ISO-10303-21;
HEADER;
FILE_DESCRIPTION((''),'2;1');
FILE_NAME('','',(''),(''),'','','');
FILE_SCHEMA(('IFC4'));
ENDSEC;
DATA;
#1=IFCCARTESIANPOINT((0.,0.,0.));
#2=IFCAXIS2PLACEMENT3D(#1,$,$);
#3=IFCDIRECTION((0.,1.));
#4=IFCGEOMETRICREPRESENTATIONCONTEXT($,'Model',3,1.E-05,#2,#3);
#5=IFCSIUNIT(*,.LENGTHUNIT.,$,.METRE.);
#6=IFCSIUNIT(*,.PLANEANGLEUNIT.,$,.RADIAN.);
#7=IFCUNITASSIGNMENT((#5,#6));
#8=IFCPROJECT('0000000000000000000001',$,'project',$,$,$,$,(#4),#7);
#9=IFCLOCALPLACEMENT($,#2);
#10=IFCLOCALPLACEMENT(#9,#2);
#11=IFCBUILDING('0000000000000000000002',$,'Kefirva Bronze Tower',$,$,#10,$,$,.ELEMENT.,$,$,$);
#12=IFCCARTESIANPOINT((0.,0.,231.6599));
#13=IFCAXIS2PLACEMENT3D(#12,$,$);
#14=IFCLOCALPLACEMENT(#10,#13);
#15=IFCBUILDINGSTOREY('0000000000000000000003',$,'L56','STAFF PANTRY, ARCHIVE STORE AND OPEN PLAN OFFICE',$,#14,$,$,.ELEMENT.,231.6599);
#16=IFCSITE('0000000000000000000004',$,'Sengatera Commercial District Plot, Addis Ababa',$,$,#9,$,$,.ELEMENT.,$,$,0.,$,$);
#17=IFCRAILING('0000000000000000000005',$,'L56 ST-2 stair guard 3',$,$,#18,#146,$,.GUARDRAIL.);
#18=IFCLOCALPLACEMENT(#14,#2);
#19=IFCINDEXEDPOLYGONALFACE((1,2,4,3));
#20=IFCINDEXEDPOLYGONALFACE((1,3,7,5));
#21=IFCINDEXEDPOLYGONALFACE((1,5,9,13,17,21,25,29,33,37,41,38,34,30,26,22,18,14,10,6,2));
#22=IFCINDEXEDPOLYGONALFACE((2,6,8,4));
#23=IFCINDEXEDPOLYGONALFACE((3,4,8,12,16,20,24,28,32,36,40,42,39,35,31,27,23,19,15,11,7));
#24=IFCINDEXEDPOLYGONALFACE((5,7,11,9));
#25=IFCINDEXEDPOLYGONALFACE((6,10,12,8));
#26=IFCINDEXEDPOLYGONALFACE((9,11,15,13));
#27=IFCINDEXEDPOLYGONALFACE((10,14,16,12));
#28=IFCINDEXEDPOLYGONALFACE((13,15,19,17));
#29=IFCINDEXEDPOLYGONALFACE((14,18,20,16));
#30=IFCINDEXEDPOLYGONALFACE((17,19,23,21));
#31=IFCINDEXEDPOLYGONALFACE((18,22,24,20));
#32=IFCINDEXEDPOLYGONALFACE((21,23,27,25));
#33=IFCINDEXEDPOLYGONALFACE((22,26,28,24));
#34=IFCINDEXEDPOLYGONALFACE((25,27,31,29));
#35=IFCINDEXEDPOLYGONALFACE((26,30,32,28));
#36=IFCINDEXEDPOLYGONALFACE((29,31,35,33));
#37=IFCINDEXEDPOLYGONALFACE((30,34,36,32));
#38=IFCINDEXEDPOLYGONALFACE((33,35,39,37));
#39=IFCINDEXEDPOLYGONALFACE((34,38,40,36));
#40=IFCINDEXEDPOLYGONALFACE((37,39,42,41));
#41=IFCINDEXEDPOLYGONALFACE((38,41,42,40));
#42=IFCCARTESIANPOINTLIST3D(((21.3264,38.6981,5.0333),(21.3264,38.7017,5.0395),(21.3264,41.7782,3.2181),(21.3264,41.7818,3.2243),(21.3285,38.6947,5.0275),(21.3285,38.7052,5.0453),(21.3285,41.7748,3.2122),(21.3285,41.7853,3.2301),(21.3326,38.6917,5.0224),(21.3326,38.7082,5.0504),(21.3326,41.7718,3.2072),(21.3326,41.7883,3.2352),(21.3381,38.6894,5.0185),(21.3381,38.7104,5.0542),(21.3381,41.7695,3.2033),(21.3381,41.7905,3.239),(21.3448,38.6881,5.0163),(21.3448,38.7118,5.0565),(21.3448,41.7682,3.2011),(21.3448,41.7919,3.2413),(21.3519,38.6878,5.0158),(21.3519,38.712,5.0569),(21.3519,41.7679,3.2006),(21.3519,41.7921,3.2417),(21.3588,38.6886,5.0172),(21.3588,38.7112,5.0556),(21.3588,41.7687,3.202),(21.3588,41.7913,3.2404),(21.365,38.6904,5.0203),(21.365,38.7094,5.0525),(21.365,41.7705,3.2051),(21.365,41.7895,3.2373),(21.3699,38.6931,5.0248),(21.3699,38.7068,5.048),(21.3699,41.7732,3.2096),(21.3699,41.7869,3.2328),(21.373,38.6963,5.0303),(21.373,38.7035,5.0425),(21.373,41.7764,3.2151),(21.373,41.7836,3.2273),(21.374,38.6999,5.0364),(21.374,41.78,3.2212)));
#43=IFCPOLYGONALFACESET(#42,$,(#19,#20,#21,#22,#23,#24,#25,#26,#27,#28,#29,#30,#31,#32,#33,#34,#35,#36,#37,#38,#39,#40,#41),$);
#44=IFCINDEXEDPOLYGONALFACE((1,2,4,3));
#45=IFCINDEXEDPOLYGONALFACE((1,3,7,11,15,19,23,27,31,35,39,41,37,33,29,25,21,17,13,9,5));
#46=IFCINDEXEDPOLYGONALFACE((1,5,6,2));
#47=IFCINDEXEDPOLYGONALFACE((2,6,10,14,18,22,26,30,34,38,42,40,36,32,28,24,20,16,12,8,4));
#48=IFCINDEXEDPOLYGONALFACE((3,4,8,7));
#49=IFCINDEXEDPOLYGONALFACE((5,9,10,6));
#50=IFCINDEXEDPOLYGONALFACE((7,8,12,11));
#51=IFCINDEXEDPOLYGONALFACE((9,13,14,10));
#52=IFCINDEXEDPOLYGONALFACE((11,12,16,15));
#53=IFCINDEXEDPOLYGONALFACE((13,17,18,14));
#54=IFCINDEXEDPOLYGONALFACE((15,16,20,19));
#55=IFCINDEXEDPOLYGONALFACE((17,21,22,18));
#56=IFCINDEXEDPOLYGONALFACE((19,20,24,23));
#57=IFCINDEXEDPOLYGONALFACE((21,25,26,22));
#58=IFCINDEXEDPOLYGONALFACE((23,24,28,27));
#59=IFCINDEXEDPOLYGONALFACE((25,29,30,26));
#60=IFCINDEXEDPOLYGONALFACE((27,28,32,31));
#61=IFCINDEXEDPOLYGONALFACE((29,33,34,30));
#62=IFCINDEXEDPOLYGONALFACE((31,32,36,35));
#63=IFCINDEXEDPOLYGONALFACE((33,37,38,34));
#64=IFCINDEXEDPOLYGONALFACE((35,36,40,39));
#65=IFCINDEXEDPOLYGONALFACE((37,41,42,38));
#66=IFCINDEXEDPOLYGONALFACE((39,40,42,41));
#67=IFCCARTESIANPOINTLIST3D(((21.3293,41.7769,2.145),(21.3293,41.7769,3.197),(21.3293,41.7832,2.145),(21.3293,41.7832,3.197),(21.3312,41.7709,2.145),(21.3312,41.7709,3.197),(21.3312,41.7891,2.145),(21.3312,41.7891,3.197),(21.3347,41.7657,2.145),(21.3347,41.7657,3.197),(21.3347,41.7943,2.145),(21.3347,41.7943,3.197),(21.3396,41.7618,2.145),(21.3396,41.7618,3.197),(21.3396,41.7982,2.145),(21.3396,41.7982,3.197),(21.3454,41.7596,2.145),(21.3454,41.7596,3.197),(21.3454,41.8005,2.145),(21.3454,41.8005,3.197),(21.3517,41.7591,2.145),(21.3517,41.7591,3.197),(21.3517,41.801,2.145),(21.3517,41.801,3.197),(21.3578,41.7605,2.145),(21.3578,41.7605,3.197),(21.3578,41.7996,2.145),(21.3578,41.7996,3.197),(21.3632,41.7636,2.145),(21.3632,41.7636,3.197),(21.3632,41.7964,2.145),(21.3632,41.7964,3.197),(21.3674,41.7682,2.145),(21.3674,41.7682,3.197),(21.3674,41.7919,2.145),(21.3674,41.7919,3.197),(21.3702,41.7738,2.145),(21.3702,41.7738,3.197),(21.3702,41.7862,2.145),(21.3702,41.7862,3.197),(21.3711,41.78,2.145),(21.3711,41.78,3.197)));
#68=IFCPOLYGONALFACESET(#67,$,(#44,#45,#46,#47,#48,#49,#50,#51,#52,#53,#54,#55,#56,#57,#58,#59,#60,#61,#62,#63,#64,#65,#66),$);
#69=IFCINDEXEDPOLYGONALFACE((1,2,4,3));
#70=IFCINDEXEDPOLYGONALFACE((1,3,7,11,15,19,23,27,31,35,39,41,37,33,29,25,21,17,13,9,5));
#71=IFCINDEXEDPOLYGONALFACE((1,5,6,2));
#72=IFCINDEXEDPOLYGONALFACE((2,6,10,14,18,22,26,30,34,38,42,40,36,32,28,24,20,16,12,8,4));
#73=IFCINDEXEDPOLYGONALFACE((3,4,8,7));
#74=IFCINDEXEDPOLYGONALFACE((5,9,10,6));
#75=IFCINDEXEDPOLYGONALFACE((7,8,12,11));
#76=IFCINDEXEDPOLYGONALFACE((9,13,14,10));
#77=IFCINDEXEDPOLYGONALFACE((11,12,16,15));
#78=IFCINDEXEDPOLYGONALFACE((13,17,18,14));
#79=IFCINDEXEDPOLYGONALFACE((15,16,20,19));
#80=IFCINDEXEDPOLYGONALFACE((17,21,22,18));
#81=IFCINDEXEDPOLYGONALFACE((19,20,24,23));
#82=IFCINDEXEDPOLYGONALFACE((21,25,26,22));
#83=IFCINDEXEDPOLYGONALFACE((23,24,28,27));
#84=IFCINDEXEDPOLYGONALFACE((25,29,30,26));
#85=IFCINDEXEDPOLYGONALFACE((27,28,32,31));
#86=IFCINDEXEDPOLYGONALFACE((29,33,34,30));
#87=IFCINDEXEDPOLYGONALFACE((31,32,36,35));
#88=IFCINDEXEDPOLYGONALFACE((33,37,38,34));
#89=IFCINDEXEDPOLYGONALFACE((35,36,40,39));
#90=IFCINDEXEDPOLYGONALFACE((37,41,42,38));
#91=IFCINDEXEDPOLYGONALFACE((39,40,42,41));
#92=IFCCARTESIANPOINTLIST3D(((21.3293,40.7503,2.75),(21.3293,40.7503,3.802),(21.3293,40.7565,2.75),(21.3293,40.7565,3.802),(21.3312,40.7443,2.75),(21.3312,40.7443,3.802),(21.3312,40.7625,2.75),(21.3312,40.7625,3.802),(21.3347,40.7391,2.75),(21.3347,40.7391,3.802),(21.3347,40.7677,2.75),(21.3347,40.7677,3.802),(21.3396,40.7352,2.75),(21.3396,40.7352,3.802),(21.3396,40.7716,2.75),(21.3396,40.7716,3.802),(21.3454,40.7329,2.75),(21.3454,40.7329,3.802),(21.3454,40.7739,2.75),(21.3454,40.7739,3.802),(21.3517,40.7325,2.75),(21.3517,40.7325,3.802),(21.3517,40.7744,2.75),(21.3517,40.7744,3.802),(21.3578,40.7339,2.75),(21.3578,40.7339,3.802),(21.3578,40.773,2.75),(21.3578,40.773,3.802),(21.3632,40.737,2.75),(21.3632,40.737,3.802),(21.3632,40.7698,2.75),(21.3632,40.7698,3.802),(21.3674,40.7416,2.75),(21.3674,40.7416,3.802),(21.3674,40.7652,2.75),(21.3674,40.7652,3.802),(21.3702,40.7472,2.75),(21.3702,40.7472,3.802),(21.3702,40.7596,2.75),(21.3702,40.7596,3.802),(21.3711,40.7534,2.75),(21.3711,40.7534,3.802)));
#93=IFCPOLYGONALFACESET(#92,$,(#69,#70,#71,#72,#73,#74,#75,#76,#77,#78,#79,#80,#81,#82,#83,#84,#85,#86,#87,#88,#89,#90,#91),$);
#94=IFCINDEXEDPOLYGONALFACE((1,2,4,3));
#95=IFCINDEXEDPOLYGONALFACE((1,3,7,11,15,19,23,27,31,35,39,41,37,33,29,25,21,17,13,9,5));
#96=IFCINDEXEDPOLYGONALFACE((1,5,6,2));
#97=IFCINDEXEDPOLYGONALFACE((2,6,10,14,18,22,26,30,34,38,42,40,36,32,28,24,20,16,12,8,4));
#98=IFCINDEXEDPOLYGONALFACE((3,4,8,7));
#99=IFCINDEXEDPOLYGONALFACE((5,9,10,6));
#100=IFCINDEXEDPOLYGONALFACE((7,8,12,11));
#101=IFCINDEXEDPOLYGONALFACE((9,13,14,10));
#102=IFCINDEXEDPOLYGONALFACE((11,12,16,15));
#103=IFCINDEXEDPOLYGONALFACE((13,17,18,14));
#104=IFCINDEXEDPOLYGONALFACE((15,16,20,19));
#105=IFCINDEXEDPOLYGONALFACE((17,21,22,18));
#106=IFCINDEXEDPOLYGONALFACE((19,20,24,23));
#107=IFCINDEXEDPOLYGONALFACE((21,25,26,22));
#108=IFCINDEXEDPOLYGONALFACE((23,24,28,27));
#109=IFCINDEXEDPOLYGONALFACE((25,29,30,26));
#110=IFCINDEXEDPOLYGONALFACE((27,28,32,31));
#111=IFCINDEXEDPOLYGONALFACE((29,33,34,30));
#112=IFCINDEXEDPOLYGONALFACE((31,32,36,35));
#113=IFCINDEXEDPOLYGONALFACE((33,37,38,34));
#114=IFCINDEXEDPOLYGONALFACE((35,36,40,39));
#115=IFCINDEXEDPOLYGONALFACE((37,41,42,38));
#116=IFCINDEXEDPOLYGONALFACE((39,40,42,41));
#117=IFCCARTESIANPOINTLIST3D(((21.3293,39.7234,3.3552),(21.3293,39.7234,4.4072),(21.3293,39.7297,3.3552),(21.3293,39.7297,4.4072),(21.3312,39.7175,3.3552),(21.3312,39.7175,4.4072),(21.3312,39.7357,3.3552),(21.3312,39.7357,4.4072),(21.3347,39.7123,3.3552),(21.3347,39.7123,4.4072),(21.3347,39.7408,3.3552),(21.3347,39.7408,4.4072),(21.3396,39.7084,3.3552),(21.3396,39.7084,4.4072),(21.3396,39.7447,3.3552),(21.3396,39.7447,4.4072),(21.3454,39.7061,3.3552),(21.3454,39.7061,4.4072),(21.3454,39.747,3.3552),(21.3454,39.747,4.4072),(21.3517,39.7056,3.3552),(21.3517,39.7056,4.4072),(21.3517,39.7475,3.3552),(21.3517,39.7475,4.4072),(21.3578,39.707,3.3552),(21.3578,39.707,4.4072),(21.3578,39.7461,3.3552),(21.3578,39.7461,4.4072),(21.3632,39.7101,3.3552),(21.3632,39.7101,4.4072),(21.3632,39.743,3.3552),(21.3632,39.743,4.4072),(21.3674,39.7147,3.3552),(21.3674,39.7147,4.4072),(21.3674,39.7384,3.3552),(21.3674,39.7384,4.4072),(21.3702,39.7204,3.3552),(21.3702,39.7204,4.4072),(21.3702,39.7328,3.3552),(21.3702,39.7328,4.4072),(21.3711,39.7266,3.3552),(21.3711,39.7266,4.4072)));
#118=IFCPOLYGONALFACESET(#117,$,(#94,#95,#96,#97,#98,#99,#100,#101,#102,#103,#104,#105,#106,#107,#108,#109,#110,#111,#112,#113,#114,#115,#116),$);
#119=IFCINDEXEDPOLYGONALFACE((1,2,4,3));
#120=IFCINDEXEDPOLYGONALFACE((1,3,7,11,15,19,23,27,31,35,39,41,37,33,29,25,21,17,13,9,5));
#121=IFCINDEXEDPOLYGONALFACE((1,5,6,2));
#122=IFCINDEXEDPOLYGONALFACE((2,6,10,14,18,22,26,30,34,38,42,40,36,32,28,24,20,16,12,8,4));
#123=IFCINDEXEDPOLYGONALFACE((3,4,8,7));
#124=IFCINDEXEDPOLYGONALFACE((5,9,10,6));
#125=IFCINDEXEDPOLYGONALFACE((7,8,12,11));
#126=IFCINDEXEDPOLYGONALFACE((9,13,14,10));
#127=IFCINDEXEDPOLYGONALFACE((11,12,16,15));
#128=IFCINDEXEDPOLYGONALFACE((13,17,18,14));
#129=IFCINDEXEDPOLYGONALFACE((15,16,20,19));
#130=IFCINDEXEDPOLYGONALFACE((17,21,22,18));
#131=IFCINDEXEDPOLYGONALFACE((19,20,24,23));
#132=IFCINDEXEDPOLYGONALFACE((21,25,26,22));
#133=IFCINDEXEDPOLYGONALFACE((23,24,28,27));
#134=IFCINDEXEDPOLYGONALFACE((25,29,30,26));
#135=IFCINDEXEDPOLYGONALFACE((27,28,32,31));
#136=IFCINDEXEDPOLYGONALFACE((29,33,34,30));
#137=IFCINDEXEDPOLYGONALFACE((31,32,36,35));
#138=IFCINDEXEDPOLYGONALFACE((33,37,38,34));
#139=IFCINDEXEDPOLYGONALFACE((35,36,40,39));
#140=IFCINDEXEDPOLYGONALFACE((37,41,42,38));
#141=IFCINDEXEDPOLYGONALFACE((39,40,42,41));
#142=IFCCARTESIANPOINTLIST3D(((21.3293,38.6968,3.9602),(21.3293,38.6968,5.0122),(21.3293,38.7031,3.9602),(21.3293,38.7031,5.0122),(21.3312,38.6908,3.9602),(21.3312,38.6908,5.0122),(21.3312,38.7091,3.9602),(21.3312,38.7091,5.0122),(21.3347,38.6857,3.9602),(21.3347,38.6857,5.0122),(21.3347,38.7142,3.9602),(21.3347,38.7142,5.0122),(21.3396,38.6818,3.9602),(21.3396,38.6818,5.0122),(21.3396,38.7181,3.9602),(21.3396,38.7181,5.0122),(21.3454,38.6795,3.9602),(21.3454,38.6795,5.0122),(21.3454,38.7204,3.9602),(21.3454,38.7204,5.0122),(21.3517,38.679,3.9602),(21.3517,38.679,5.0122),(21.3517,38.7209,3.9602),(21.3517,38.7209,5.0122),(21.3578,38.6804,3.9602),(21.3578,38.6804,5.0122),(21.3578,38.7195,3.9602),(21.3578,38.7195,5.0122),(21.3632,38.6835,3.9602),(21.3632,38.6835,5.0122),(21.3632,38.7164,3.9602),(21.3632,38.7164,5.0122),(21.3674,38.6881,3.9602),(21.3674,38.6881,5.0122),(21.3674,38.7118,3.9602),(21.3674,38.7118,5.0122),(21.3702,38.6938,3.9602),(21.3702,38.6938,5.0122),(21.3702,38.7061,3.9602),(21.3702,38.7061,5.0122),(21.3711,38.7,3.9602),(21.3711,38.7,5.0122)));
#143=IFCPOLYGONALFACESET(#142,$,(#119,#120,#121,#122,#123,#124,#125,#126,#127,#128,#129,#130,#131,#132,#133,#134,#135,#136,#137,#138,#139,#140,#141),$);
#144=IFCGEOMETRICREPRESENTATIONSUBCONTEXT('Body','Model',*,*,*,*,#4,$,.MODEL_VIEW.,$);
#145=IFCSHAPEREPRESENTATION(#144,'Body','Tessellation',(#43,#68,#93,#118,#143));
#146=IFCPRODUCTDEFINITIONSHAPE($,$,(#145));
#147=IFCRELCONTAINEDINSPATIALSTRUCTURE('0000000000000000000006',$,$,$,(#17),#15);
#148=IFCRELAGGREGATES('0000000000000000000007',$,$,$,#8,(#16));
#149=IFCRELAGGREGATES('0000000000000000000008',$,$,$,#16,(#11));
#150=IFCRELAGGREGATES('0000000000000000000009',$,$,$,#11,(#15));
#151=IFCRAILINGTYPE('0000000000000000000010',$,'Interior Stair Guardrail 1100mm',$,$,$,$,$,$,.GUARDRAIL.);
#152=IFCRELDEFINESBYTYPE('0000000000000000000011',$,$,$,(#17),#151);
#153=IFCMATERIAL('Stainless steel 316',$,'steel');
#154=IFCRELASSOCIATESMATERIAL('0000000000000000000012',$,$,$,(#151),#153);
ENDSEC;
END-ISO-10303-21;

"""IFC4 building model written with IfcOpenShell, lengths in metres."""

from ifc_helpers import new_model, si_unit, direction, frame, origin, origin_2d, place, context, subcontext, project, spatial, circle, extrude, material, type_object, element, save


model = new_model("IFC4")

# Units and contexts
model_context = context("Model", 3, precision=1e-05, world=origin(), true_north=direction((0.0, 1.0)))
body_context = subcontext(model_context, "Body", "Model", "MODEL_VIEW")
ifc_project = project(units=[si_unit("LENGTHUNIT", "METRE"), si_unit("PLANEANGLEUNIT", "RADIAN")], contexts=[model_context])

# Site, building, storey
site_placement = place(None, origin())
site = spatial("IfcSite", under=ifc_project, at=site_placement, Name="Sengatera Commercial District Plot, Addis Ababa", CompositionType="ELEMENT", RefElevation=0.0)
building_placement = place(site_placement, origin())
building = spatial("IfcBuilding", under=site, at=building_placement, Name="Kefirva Bronze Tower", CompositionType="ELEMENT")
storey_placement = place(building_placement, frame((0.0, 0.0, 231.6599)))
storey = spatial("IfcBuildingStorey", under=building, at=storey_placement, Name="L56", Description="STAFF PANTRY, ARCHIVE STORE AND OPEN PLAN OFFICE", CompositionType="ELEMENT", Elevation=231.6599)

# Railing
ifc_material_1 = material(Name="Stainless steel 316", Category="steel")
railing_type_1 = type_object("IfcRailingType", Name="Interior Stair Guardrail 1100mm", PredefinedType="GUARDRAIL", material=ifc_material_1)
railing_1_placement = place(storey_placement, frame((21.3501, 41.78, 2.145)))
element("IfcRailing", 1, at=railing_1_placement, inside=storey, type_object=railing_type_1, Name="L56 ST-2 stair guard 3", PredefinedType="GUARDRAIL", context=body_context, shape_type="SweptSolid", body=[
    extrude(circle(Radius=0.0239, at=origin_2d()), frame((0.0, 0.0, 1.0762), z_axis=(0.0, -0.861521, 0.507721), x_axis=(1.0, 0.0, 0.0)), (0.0, 0.0, 1.0), 3.5752),
    extrude(circle(Radius=0.021, at=origin_2d()), origin(), (0.0, 0.0, 1.0), 1.052),
    extrude(circle(Radius=0.021, at=origin_2d()), frame((0.0, -1.0266, 0.605)), (0.0, 0.0, 1.0), 1.052),
    extrude(circle(Radius=0.021, at=origin_2d()), frame((0.0, -2.0535, 1.2102)), (0.0, 0.0, 1.0), 1.052),
    extrude(circle(Radius=0.021, at=origin_2d()), frame((0.0, -3.0801, 1.8152)), (0.0, 0.0, 1.0), 1.052),
])

save(model, "model.ifc")
